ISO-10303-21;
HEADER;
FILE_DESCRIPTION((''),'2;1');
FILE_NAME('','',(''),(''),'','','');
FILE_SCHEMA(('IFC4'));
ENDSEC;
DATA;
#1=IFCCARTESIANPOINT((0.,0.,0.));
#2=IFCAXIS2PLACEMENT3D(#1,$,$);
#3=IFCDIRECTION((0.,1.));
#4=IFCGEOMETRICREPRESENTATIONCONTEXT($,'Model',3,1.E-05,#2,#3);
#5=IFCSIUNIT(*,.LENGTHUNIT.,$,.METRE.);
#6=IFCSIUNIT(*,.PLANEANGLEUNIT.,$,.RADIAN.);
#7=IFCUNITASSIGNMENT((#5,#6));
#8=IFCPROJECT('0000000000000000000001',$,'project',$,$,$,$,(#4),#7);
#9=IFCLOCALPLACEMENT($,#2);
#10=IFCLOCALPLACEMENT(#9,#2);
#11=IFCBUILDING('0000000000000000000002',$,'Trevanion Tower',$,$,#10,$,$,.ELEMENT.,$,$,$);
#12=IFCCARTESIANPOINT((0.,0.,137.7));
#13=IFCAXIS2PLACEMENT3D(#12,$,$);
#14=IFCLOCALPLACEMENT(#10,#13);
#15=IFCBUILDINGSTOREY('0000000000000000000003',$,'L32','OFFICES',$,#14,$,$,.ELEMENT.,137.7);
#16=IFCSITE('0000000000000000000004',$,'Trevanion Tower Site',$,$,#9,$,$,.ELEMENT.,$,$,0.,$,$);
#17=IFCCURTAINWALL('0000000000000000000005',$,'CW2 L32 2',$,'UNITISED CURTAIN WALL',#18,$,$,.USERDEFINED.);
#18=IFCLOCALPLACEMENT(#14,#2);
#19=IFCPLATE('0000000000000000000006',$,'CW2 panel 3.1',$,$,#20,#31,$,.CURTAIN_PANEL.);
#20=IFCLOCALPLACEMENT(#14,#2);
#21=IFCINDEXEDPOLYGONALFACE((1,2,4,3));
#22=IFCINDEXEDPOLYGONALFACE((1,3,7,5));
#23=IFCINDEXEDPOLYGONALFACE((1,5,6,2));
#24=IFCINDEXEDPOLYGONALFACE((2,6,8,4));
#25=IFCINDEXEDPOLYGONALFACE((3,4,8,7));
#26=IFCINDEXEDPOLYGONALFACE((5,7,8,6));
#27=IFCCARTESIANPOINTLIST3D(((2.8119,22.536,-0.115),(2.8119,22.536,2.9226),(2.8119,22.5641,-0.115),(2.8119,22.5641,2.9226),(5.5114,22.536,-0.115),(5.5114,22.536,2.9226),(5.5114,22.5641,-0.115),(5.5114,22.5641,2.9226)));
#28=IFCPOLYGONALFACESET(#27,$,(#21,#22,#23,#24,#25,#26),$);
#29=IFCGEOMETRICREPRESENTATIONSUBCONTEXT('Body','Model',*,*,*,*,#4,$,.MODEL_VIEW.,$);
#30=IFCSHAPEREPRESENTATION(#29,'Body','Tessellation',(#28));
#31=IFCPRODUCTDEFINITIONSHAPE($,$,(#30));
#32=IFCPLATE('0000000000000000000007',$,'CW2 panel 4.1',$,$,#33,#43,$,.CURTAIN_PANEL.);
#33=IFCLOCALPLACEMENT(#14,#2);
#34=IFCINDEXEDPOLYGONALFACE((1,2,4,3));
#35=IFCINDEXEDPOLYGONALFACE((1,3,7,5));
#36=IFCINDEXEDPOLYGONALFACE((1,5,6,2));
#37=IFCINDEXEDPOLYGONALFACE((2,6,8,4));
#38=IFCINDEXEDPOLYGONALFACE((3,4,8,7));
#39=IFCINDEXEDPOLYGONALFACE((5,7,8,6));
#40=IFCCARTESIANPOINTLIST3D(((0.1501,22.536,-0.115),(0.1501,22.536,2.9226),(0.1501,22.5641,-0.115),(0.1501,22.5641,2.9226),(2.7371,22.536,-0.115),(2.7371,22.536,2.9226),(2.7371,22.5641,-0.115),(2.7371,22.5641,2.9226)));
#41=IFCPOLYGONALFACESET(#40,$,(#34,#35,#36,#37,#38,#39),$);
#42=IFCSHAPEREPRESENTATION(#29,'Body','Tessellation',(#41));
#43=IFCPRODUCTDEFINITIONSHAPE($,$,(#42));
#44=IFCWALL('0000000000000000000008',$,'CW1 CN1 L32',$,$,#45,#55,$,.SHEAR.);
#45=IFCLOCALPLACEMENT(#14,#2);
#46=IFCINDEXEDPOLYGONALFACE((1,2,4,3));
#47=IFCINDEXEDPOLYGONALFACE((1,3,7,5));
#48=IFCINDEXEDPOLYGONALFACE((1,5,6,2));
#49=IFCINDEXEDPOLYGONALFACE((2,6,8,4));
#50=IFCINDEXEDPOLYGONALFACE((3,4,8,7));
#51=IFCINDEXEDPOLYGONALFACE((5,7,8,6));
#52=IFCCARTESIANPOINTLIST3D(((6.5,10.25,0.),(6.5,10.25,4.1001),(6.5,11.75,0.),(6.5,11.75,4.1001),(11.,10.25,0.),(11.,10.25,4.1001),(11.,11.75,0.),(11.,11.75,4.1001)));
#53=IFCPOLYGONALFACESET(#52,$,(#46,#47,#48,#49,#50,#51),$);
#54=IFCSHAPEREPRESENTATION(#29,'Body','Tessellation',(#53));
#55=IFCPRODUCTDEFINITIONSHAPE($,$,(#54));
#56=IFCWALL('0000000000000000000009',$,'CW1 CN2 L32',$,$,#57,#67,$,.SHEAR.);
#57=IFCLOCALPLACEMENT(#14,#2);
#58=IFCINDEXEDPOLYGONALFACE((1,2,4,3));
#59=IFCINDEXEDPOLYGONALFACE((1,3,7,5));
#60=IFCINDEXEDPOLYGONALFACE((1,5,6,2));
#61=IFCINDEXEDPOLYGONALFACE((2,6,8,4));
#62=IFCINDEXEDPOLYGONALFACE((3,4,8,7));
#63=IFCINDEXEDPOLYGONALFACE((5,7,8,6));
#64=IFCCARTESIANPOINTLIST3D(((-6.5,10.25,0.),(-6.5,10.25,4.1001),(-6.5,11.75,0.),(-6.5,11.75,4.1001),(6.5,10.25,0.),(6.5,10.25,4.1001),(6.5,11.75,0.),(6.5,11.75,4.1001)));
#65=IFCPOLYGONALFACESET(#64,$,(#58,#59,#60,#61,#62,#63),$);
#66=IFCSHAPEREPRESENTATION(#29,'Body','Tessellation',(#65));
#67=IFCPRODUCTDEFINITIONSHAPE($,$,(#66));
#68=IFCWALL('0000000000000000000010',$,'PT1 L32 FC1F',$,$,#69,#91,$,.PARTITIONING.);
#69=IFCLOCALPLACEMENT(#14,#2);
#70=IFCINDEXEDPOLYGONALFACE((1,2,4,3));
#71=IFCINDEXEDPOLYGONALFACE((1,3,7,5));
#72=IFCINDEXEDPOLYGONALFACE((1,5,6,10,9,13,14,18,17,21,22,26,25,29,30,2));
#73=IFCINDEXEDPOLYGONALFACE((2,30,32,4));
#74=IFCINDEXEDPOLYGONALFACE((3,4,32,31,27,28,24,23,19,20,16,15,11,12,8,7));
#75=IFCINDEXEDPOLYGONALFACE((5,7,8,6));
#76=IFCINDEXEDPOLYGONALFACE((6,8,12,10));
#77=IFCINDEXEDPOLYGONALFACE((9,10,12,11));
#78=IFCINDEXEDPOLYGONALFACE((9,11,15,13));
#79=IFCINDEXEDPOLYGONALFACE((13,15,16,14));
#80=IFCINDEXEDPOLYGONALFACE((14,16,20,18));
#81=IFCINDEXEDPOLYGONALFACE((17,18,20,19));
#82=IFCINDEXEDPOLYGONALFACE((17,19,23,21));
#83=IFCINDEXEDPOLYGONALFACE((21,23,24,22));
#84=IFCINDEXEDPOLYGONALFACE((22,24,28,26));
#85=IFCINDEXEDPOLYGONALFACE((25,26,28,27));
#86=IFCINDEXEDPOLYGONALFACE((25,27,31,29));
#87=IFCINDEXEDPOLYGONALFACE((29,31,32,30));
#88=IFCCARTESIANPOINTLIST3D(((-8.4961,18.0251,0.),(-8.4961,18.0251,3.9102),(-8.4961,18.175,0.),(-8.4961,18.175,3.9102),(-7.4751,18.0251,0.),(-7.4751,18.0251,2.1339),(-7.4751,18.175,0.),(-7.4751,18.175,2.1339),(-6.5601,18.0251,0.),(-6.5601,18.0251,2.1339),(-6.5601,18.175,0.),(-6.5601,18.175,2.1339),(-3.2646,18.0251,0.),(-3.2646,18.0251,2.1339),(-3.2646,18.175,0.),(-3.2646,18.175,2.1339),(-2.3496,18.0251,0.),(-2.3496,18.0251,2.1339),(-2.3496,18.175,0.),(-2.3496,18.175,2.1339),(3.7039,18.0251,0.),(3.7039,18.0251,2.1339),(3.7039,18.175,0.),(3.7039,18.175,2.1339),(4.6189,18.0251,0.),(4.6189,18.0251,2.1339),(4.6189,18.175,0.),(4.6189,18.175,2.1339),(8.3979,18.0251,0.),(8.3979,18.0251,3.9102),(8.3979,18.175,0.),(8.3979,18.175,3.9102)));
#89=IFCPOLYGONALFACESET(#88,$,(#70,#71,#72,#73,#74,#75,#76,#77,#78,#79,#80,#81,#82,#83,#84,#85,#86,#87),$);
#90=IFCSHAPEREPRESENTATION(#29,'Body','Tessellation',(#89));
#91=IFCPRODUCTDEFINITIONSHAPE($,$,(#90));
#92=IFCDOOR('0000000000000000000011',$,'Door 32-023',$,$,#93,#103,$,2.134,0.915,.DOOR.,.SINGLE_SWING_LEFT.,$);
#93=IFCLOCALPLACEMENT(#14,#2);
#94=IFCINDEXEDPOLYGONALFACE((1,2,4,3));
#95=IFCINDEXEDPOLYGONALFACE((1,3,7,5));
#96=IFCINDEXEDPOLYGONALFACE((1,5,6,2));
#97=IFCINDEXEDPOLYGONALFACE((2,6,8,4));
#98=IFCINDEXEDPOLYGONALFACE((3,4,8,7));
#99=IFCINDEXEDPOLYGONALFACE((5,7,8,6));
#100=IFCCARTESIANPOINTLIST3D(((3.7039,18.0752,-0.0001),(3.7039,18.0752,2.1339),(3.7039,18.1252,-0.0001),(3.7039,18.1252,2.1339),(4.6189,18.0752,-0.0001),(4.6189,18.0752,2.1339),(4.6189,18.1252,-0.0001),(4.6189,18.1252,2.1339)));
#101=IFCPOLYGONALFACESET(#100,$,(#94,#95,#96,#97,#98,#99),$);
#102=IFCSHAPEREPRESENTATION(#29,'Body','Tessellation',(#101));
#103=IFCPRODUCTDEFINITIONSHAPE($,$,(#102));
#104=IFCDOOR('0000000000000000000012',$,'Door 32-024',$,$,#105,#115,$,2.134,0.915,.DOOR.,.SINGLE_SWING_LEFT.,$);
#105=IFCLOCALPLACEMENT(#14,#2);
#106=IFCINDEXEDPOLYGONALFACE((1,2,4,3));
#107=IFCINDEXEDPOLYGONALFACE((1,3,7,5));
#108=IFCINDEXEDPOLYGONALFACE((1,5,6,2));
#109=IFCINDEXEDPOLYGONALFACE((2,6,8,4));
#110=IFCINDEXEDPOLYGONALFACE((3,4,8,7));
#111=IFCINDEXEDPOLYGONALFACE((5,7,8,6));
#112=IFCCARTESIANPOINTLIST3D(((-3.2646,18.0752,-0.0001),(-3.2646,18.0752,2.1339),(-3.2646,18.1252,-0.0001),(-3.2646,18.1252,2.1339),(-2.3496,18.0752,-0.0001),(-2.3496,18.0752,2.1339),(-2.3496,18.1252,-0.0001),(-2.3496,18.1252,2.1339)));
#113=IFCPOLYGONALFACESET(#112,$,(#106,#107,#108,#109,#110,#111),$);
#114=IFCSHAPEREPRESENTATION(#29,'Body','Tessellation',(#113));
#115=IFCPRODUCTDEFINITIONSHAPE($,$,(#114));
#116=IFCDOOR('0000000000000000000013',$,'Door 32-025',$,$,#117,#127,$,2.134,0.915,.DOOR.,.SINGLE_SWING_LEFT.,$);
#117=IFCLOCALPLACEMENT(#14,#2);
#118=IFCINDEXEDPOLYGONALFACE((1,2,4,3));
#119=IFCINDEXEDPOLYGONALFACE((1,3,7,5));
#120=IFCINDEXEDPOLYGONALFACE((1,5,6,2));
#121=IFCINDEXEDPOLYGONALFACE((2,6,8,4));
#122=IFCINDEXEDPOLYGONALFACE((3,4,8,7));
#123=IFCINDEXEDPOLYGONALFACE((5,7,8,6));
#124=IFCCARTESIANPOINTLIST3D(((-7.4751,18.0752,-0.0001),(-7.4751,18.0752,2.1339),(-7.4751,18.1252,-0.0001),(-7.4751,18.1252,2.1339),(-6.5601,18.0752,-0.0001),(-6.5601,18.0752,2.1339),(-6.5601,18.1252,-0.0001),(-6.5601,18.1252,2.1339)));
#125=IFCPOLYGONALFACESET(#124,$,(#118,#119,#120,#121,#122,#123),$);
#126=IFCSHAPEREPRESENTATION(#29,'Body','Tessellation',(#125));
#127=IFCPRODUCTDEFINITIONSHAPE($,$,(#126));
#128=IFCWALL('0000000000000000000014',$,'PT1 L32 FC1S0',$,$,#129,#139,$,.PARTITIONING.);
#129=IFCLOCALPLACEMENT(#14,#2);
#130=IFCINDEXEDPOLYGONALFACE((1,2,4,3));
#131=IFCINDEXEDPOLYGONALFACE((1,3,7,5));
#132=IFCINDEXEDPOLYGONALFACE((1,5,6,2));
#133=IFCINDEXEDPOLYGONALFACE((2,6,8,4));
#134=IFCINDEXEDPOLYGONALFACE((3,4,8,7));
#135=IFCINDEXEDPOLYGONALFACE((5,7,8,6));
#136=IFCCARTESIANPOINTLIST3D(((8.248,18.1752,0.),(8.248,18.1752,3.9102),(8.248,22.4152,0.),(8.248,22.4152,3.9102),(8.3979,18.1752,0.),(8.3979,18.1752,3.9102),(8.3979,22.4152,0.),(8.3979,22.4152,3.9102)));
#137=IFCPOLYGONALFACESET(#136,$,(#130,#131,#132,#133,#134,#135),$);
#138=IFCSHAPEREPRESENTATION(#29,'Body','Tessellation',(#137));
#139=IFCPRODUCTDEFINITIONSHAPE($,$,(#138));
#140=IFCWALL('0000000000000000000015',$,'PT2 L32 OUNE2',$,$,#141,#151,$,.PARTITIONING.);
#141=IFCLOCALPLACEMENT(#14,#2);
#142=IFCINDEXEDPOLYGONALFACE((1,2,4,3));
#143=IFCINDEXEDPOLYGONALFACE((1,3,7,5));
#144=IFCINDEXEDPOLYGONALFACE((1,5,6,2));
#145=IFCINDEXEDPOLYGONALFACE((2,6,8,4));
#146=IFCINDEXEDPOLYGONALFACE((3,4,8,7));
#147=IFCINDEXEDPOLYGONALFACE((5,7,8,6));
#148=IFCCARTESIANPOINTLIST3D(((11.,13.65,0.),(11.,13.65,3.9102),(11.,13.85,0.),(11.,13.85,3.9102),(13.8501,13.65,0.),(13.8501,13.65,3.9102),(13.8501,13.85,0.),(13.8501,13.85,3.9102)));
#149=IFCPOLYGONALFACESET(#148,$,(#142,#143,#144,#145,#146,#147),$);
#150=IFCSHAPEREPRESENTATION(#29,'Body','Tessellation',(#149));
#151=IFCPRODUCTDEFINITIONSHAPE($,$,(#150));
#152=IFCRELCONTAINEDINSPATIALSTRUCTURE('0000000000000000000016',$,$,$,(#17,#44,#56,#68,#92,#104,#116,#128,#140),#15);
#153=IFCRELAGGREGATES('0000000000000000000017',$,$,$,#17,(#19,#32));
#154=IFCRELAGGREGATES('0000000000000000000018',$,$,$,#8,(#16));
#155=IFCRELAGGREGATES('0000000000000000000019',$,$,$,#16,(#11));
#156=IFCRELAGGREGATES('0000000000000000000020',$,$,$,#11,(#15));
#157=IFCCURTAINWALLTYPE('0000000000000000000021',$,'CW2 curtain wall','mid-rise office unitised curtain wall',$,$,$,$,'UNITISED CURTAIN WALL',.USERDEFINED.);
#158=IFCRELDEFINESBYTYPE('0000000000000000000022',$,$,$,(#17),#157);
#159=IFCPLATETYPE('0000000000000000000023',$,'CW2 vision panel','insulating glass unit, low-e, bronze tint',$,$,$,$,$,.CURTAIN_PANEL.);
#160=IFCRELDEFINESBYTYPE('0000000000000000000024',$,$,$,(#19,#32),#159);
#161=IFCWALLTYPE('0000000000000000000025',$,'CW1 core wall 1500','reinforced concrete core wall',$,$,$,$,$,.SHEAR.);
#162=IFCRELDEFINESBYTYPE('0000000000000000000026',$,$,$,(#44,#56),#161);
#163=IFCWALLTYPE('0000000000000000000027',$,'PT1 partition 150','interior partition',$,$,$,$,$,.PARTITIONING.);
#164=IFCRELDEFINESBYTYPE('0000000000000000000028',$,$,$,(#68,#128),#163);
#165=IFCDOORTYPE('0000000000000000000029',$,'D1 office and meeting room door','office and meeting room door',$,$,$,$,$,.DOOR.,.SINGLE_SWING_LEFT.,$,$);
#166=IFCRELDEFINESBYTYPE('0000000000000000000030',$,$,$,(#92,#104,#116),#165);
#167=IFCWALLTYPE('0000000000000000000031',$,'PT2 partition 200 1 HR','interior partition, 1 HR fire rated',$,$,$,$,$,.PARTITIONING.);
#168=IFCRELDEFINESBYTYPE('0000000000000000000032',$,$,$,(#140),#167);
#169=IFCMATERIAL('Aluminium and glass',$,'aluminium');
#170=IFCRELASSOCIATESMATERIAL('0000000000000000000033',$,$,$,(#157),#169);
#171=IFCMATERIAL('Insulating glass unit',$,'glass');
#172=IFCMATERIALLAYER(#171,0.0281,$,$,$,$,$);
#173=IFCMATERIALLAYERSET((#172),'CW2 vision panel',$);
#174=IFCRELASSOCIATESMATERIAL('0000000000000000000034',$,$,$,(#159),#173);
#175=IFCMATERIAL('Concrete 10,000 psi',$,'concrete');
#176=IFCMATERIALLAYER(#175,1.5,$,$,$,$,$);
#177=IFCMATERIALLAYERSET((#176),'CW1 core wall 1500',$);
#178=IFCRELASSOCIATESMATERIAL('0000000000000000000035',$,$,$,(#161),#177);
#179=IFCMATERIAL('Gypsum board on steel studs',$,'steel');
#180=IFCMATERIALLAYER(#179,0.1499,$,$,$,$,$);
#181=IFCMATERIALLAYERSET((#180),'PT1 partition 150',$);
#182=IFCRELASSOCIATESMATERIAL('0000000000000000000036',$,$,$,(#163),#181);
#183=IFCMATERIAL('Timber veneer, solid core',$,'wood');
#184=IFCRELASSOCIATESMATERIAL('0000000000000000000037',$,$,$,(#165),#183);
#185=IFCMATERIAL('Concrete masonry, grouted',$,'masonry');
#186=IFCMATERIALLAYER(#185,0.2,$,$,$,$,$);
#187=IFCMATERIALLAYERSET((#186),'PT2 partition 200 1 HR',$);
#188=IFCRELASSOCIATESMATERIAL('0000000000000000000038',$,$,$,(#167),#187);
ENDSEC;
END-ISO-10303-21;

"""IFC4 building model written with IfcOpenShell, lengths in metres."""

from ifc_helpers import new_model, si_unit, direction, frame, frame_2d, origin, origin_2d, place, context, subcontext, project, spatial, rectangle, extrude, material, layer, layer_set, type_object, element, fill, aggregate, save


model = new_model("IFC4")

# Units and contexts
model_context = context("Model", 3, precision=1e-05, world=origin(), true_north=direction((0.0, 1.0)))
body_context = subcontext(model_context, "Body", "Model", "MODEL_VIEW")
ifc_project = project(units=[si_unit("LENGTHUNIT", "METRE"), si_unit("PLANEANGLEUNIT", "RADIAN")], contexts=[model_context])

# Site, building, storey
site_placement = place(None, origin())
site = spatial("IfcSite", under=ifc_project, at=site_placement, Name="Trevanion Tower Site", CompositionType="ELEMENT", RefElevation=0.0)
building_placement = place(site_placement, origin())
building = spatial("IfcBuilding", under=site, at=building_placement, Name="Trevanion Tower", CompositionType="ELEMENT")
storey_placement = place(building_placement, frame((0.0, 0.0, 137.7)))
storey = spatial("IfcBuildingStorey", under=building, at=storey_placement, Name="L32", Description="OFFICES", CompositionType="ELEMENT", Elevation=137.7)

# Curtain wall
ifc_material_1 = material(Name="Aluminium and glass", Category="aluminium")
curtain_wall_type = type_object("IfcCurtainWallType", Name="CW2 curtain wall", Description="mid-rise office unitised curtain wall", ElementType="UNITISED CURTAIN WALL", PredefinedType="USERDEFINED", material=ifc_material_1)
curtain_wall_placement = place(storey_placement, origin())
curtain_wall = element("IfcCurtainWall", 1, at=curtain_wall_placement, inside=storey, type_object=curtain_wall_type, Name="CW2 L32 2", ObjectType="UNITISED CURTAIN WALL", PredefinedType="USERDEFINED")

# Plates
ifc_material_2 = material(Name="Insulating glass unit", Category="glass")
ifc_layer_1 = layer(ifc_material_2, 0.0281)
ifc_layer_set_1 = layer_set([ifc_layer_1], Name="CW2 vision panel")
plate_type_1 = type_object("IfcPlateType", Name="CW2 vision panel", Description="insulating glass unit, low-e, bronze tint", PredefinedType="CURTAIN_PANEL", material=ifc_layer_set_1)
plate_1_placement = place(storey_placement, frame((4.1616, 22.55, -0.115), z_axis=(0.0, 0.0, 1.0), x_axis=(-1.0, 0.0, 0.0)))
plate_1 = element("IfcPlate", 2, at=plate_1_placement, type_object=plate_type_1, Name="CW2 panel 3.1", PredefinedType="CURTAIN_PANEL", context=body_context, shape_type="SweptSolid", body=[
    extrude(rectangle(XDim=2.6995, YDim=0.0281, at=origin_2d()), origin(), (0.0, 0.0, 1.0), 3.0376),
])
plate_2_placement = place(storey_placement, frame((1.4436, 22.55, -0.115), z_axis=(0.0, 0.0, 1.0), x_axis=(-1.0, 0.0, 0.0)))
plate_2 = element("IfcPlate", 3, at=plate_2_placement, type_object=plate_type_1, Name="CW2 panel 4.1", PredefinedType="CURTAIN_PANEL", context=body_context, shape_type="SweptSolid", body=[
    extrude(rectangle(XDim=2.5869, YDim=0.0281, at=origin_2d()), origin(), (0.0, 0.0, 1.0), 3.0376),
])
aggregate(curtain_wall, [plate_1, plate_2])

# Walls
ifc_material_3 = material(Name="Concrete 10,000 psi", Category="concrete")
ifc_layer_2 = layer(ifc_material_3, 1.5)
ifc_layer_set_2 = layer_set([ifc_layer_2], Name="CW1 core wall 1500")
wall_type_1 = type_object("IfcWallType", Name="CW1 core wall 1500", Description="reinforced concrete core wall", PredefinedType="SHEAR", material=ifc_layer_set_2)
wall_1_placement = place(storey_placement, frame((11.0, 11.0, 0.0), z_axis=(0.0, 0.0, 1.0), x_axis=(-1.0, 0.0, 0.0)))
element("IfcWall", 4, at=wall_1_placement, inside=storey, type_object=wall_type_1, Name="CW1 CN1 L32", PredefinedType="SHEAR", context=body_context, shape_type="SweptSolid", body=[
    extrude(rectangle(XDim=4.5, YDim=1.5, at=frame_2d((2.25, 0.0))), origin(), (0.0, 0.0, 1.0), 4.1001),
])
wall_2_placement = place(storey_placement, frame((6.5, 11.0, 0.0), z_axis=(0.0, 0.0, 1.0), x_axis=(-1.0, 0.0, 0.0)))
element("IfcWall", 5, at=wall_2_placement, inside=storey, type_object=wall_type_1, Name="CW1 CN2 L32", PredefinedType="SHEAR", context=body_context, shape_type="SweptSolid", body=[
    extrude(rectangle(XDim=13.0, YDim=1.5, at=frame_2d((6.5, 0.0))), origin(), (0.0, 0.0, 1.0), 4.1001),
])

# Wall, openings, doors
ifc_material_4 = material(Name="Gypsum board on steel studs", Category="steel")
ifc_layer_3 = layer(ifc_material_4, 0.1499)
ifc_layer_set_3 = layer_set([ifc_layer_3], Name="PT1 partition 150")
wall_type_2 = type_object("IfcWallType", Name="PT1 partition 150", Description="interior partition", PredefinedType="PARTITIONING", material=ifc_layer_set_3)
wall_3_placement = place(storey_placement, frame((8.3979, 18.1001, 0.0), z_axis=(0.0, 0.0, 1.0), x_axis=(-1.0, 0.0, 0.0)))
wall_3 = element("IfcWall", 6, at=wall_3_placement, inside=storey, type_object=wall_type_2, Name="PT1 L32 FC1F", PredefinedType="PARTITIONING", context=body_context, shape_type="SweptSolid", body=[
    extrude(rectangle(XDim=16.894, YDim=0.1499, at=frame_2d((8.447, 0.0))), origin(), (0.0, 0.0, 1.0), 3.9102),
])
opening_1_placement = place(wall_3_placement, frame((3.7791, 0.0, 0.0)))
opening_1 = element("IfcOpeningElement", 7, at=opening_1_placement, cuts=wall_3, PredefinedType="OPENING", context=body_context, shape_type="SweptSolid", body=[
    extrude(rectangle(XDim=0.915, YDim=2.134, at=frame_2d((0.4575, 1.0669))), frame((0.0, 0.085, 0.0), z_axis=(0.0, -1.0, 0.0), x_axis=(1.0, 0.0, 0.0)), (0.0, 0.0, 1.0), 0.1699),
])
opening_2_placement = place(wall_3_placement, frame((10.7476, 0.0, 0.0)))
opening_2 = element("IfcOpeningElement", 8, at=opening_2_placement, cuts=wall_3, PredefinedType="OPENING", context=body_context, shape_type="SweptSolid", body=[
    extrude(rectangle(XDim=0.915, YDim=2.134, at=frame_2d((0.4575, 1.0669))), frame((0.0, 0.085, 0.0), z_axis=(0.0, -1.0, 0.0), x_axis=(1.0, 0.0, 0.0)), (0.0, 0.0, 1.0), 0.1699),
])
opening_3_placement = place(wall_3_placement, frame((14.958, 0.0, 0.0)))
opening_3 = element("IfcOpeningElement", 9, at=opening_3_placement, cuts=wall_3, PredefinedType="OPENING", context=body_context, shape_type="SweptSolid", body=[
    extrude(rectangle(XDim=0.915, YDim=2.134, at=frame_2d((0.4575, 1.0669))), frame((0.0, 0.085, 0.0), z_axis=(0.0, -1.0, 0.0), x_axis=(1.0, 0.0, 0.0)), (0.0, 0.0, 1.0), 0.1699),
])
ifc_material_5 = material(Name="Timber veneer, solid core", Category="wood")
door_type = type_object("IfcDoorType", Name="D1 office and meeting room door", Description="office and meeting room door", OperationType="SINGLE_SWING_LEFT", PredefinedType="DOOR", material=ifc_material_5)
door_1_placement = place(opening_1_placement, origin())
door_1 = element("IfcDoor", 10, at=door_1_placement, inside=storey, type_object=door_type, Name="Door 32-023", OperationType="SINGLE_SWING_LEFT", OverallHeight=2.134, OverallWidth=0.915, PredefinedType="DOOR", context=body_context, shape_type="SweptSolid", body=[
    extrude(rectangle(XDim=0.915, YDim=2.134, at=frame_2d((0.4575, 1.0669))), frame((0.0, 0.0249, 0.0), z_axis=(0.0, -1.0, 0.0), x_axis=(1.0, 0.0, 0.0)), (0.0, 0.0, 1.0), 0.05),
])
fill(opening_1, door_1)
door_2_placement = place(opening_2_placement, origin())
door_2 = element("IfcDoor", 11, at=door_2_placement, inside=storey, type_object=door_type, Name="Door 32-024", OperationType="SINGLE_SWING_LEFT", OverallHeight=2.134, OverallWidth=0.915, PredefinedType="DOOR", context=body_context, shape_type="SweptSolid", body=[
    extrude(rectangle(XDim=0.915, YDim=2.134, at=frame_2d((0.4575, 1.0669))), frame((0.0, 0.0249, 0.0), z_axis=(0.0, -1.0, 0.0), x_axis=(1.0, 0.0, 0.0)), (0.0, 0.0, 1.0), 0.05),
])
fill(opening_2, door_2)
door_3_placement = place(opening_3_placement, origin())
door_3 = element("IfcDoor", 12, at=door_3_placement, inside=storey, type_object=door_type, Name="Door 32-025", OperationType="SINGLE_SWING_LEFT", OverallHeight=2.134, OverallWidth=0.915, PredefinedType="DOOR", context=body_context, shape_type="SweptSolid", body=[
    extrude(rectangle(XDim=0.915, YDim=2.134, at=frame_2d((0.4575, 1.0669))), frame((0.0, 0.0249, 0.0), z_axis=(0.0, -1.0, 0.0), x_axis=(1.0, 0.0, 0.0)), (0.0, 0.0, 1.0), 0.05),
])
fill(opening_3, door_3)

# Walls
wall_4_placement = place(storey_placement, frame((8.323, 18.175, 0.0), z_axis=(0.0, 0.0, 1.0), x_axis=(0.0, 1.0, 0.0)))
element("IfcWall", 13, at=wall_4_placement, inside=storey, type_object=wall_type_2, Name="PT1 L32 FC1S0", PredefinedType="PARTITIONING", context=body_context, shape_type="SweptSolid", body=[
    extrude(rectangle(XDim=4.24, YDim=0.1499, at=frame_2d((2.1201, 0.0))), origin(), (0.0, 0.0, 1.0), 3.9102),
])
ifc_material_6 = material(Name="Concrete masonry, grouted", Category="masonry")
ifc_layer_4 = layer(ifc_material_6, 0.2)
ifc_layer_set_4 = layer_set([ifc_layer_4], Name="PT2 partition 200 1 HR")
wall_type_3 = type_object("IfcWallType", Name="PT2 partition 200 1 HR", Description="interior partition, 1 HR fire rated", PredefinedType="PARTITIONING", material=ifc_layer_set_4)
wall_5_placement = place(storey_placement, frame((11.0, 13.75, 0.0), z_axis=(0.0, 0.0, 1.0), x_axis=(1.0, 0.0, 0.0)))
element("IfcWall", 14, at=wall_5_placement, inside=storey, type_object=wall_type_3, Name="PT2 L32 OUNE2", PredefinedType="PARTITIONING", context=body_context, shape_type="SweptSolid", body=[
    extrude(rectangle(XDim=2.8501, YDim=0.2, at=frame_2d((1.425, 0.0))), origin(), (0.0, 0.0, 1.0), 3.9102),
])

save(model, "model.ifc")
